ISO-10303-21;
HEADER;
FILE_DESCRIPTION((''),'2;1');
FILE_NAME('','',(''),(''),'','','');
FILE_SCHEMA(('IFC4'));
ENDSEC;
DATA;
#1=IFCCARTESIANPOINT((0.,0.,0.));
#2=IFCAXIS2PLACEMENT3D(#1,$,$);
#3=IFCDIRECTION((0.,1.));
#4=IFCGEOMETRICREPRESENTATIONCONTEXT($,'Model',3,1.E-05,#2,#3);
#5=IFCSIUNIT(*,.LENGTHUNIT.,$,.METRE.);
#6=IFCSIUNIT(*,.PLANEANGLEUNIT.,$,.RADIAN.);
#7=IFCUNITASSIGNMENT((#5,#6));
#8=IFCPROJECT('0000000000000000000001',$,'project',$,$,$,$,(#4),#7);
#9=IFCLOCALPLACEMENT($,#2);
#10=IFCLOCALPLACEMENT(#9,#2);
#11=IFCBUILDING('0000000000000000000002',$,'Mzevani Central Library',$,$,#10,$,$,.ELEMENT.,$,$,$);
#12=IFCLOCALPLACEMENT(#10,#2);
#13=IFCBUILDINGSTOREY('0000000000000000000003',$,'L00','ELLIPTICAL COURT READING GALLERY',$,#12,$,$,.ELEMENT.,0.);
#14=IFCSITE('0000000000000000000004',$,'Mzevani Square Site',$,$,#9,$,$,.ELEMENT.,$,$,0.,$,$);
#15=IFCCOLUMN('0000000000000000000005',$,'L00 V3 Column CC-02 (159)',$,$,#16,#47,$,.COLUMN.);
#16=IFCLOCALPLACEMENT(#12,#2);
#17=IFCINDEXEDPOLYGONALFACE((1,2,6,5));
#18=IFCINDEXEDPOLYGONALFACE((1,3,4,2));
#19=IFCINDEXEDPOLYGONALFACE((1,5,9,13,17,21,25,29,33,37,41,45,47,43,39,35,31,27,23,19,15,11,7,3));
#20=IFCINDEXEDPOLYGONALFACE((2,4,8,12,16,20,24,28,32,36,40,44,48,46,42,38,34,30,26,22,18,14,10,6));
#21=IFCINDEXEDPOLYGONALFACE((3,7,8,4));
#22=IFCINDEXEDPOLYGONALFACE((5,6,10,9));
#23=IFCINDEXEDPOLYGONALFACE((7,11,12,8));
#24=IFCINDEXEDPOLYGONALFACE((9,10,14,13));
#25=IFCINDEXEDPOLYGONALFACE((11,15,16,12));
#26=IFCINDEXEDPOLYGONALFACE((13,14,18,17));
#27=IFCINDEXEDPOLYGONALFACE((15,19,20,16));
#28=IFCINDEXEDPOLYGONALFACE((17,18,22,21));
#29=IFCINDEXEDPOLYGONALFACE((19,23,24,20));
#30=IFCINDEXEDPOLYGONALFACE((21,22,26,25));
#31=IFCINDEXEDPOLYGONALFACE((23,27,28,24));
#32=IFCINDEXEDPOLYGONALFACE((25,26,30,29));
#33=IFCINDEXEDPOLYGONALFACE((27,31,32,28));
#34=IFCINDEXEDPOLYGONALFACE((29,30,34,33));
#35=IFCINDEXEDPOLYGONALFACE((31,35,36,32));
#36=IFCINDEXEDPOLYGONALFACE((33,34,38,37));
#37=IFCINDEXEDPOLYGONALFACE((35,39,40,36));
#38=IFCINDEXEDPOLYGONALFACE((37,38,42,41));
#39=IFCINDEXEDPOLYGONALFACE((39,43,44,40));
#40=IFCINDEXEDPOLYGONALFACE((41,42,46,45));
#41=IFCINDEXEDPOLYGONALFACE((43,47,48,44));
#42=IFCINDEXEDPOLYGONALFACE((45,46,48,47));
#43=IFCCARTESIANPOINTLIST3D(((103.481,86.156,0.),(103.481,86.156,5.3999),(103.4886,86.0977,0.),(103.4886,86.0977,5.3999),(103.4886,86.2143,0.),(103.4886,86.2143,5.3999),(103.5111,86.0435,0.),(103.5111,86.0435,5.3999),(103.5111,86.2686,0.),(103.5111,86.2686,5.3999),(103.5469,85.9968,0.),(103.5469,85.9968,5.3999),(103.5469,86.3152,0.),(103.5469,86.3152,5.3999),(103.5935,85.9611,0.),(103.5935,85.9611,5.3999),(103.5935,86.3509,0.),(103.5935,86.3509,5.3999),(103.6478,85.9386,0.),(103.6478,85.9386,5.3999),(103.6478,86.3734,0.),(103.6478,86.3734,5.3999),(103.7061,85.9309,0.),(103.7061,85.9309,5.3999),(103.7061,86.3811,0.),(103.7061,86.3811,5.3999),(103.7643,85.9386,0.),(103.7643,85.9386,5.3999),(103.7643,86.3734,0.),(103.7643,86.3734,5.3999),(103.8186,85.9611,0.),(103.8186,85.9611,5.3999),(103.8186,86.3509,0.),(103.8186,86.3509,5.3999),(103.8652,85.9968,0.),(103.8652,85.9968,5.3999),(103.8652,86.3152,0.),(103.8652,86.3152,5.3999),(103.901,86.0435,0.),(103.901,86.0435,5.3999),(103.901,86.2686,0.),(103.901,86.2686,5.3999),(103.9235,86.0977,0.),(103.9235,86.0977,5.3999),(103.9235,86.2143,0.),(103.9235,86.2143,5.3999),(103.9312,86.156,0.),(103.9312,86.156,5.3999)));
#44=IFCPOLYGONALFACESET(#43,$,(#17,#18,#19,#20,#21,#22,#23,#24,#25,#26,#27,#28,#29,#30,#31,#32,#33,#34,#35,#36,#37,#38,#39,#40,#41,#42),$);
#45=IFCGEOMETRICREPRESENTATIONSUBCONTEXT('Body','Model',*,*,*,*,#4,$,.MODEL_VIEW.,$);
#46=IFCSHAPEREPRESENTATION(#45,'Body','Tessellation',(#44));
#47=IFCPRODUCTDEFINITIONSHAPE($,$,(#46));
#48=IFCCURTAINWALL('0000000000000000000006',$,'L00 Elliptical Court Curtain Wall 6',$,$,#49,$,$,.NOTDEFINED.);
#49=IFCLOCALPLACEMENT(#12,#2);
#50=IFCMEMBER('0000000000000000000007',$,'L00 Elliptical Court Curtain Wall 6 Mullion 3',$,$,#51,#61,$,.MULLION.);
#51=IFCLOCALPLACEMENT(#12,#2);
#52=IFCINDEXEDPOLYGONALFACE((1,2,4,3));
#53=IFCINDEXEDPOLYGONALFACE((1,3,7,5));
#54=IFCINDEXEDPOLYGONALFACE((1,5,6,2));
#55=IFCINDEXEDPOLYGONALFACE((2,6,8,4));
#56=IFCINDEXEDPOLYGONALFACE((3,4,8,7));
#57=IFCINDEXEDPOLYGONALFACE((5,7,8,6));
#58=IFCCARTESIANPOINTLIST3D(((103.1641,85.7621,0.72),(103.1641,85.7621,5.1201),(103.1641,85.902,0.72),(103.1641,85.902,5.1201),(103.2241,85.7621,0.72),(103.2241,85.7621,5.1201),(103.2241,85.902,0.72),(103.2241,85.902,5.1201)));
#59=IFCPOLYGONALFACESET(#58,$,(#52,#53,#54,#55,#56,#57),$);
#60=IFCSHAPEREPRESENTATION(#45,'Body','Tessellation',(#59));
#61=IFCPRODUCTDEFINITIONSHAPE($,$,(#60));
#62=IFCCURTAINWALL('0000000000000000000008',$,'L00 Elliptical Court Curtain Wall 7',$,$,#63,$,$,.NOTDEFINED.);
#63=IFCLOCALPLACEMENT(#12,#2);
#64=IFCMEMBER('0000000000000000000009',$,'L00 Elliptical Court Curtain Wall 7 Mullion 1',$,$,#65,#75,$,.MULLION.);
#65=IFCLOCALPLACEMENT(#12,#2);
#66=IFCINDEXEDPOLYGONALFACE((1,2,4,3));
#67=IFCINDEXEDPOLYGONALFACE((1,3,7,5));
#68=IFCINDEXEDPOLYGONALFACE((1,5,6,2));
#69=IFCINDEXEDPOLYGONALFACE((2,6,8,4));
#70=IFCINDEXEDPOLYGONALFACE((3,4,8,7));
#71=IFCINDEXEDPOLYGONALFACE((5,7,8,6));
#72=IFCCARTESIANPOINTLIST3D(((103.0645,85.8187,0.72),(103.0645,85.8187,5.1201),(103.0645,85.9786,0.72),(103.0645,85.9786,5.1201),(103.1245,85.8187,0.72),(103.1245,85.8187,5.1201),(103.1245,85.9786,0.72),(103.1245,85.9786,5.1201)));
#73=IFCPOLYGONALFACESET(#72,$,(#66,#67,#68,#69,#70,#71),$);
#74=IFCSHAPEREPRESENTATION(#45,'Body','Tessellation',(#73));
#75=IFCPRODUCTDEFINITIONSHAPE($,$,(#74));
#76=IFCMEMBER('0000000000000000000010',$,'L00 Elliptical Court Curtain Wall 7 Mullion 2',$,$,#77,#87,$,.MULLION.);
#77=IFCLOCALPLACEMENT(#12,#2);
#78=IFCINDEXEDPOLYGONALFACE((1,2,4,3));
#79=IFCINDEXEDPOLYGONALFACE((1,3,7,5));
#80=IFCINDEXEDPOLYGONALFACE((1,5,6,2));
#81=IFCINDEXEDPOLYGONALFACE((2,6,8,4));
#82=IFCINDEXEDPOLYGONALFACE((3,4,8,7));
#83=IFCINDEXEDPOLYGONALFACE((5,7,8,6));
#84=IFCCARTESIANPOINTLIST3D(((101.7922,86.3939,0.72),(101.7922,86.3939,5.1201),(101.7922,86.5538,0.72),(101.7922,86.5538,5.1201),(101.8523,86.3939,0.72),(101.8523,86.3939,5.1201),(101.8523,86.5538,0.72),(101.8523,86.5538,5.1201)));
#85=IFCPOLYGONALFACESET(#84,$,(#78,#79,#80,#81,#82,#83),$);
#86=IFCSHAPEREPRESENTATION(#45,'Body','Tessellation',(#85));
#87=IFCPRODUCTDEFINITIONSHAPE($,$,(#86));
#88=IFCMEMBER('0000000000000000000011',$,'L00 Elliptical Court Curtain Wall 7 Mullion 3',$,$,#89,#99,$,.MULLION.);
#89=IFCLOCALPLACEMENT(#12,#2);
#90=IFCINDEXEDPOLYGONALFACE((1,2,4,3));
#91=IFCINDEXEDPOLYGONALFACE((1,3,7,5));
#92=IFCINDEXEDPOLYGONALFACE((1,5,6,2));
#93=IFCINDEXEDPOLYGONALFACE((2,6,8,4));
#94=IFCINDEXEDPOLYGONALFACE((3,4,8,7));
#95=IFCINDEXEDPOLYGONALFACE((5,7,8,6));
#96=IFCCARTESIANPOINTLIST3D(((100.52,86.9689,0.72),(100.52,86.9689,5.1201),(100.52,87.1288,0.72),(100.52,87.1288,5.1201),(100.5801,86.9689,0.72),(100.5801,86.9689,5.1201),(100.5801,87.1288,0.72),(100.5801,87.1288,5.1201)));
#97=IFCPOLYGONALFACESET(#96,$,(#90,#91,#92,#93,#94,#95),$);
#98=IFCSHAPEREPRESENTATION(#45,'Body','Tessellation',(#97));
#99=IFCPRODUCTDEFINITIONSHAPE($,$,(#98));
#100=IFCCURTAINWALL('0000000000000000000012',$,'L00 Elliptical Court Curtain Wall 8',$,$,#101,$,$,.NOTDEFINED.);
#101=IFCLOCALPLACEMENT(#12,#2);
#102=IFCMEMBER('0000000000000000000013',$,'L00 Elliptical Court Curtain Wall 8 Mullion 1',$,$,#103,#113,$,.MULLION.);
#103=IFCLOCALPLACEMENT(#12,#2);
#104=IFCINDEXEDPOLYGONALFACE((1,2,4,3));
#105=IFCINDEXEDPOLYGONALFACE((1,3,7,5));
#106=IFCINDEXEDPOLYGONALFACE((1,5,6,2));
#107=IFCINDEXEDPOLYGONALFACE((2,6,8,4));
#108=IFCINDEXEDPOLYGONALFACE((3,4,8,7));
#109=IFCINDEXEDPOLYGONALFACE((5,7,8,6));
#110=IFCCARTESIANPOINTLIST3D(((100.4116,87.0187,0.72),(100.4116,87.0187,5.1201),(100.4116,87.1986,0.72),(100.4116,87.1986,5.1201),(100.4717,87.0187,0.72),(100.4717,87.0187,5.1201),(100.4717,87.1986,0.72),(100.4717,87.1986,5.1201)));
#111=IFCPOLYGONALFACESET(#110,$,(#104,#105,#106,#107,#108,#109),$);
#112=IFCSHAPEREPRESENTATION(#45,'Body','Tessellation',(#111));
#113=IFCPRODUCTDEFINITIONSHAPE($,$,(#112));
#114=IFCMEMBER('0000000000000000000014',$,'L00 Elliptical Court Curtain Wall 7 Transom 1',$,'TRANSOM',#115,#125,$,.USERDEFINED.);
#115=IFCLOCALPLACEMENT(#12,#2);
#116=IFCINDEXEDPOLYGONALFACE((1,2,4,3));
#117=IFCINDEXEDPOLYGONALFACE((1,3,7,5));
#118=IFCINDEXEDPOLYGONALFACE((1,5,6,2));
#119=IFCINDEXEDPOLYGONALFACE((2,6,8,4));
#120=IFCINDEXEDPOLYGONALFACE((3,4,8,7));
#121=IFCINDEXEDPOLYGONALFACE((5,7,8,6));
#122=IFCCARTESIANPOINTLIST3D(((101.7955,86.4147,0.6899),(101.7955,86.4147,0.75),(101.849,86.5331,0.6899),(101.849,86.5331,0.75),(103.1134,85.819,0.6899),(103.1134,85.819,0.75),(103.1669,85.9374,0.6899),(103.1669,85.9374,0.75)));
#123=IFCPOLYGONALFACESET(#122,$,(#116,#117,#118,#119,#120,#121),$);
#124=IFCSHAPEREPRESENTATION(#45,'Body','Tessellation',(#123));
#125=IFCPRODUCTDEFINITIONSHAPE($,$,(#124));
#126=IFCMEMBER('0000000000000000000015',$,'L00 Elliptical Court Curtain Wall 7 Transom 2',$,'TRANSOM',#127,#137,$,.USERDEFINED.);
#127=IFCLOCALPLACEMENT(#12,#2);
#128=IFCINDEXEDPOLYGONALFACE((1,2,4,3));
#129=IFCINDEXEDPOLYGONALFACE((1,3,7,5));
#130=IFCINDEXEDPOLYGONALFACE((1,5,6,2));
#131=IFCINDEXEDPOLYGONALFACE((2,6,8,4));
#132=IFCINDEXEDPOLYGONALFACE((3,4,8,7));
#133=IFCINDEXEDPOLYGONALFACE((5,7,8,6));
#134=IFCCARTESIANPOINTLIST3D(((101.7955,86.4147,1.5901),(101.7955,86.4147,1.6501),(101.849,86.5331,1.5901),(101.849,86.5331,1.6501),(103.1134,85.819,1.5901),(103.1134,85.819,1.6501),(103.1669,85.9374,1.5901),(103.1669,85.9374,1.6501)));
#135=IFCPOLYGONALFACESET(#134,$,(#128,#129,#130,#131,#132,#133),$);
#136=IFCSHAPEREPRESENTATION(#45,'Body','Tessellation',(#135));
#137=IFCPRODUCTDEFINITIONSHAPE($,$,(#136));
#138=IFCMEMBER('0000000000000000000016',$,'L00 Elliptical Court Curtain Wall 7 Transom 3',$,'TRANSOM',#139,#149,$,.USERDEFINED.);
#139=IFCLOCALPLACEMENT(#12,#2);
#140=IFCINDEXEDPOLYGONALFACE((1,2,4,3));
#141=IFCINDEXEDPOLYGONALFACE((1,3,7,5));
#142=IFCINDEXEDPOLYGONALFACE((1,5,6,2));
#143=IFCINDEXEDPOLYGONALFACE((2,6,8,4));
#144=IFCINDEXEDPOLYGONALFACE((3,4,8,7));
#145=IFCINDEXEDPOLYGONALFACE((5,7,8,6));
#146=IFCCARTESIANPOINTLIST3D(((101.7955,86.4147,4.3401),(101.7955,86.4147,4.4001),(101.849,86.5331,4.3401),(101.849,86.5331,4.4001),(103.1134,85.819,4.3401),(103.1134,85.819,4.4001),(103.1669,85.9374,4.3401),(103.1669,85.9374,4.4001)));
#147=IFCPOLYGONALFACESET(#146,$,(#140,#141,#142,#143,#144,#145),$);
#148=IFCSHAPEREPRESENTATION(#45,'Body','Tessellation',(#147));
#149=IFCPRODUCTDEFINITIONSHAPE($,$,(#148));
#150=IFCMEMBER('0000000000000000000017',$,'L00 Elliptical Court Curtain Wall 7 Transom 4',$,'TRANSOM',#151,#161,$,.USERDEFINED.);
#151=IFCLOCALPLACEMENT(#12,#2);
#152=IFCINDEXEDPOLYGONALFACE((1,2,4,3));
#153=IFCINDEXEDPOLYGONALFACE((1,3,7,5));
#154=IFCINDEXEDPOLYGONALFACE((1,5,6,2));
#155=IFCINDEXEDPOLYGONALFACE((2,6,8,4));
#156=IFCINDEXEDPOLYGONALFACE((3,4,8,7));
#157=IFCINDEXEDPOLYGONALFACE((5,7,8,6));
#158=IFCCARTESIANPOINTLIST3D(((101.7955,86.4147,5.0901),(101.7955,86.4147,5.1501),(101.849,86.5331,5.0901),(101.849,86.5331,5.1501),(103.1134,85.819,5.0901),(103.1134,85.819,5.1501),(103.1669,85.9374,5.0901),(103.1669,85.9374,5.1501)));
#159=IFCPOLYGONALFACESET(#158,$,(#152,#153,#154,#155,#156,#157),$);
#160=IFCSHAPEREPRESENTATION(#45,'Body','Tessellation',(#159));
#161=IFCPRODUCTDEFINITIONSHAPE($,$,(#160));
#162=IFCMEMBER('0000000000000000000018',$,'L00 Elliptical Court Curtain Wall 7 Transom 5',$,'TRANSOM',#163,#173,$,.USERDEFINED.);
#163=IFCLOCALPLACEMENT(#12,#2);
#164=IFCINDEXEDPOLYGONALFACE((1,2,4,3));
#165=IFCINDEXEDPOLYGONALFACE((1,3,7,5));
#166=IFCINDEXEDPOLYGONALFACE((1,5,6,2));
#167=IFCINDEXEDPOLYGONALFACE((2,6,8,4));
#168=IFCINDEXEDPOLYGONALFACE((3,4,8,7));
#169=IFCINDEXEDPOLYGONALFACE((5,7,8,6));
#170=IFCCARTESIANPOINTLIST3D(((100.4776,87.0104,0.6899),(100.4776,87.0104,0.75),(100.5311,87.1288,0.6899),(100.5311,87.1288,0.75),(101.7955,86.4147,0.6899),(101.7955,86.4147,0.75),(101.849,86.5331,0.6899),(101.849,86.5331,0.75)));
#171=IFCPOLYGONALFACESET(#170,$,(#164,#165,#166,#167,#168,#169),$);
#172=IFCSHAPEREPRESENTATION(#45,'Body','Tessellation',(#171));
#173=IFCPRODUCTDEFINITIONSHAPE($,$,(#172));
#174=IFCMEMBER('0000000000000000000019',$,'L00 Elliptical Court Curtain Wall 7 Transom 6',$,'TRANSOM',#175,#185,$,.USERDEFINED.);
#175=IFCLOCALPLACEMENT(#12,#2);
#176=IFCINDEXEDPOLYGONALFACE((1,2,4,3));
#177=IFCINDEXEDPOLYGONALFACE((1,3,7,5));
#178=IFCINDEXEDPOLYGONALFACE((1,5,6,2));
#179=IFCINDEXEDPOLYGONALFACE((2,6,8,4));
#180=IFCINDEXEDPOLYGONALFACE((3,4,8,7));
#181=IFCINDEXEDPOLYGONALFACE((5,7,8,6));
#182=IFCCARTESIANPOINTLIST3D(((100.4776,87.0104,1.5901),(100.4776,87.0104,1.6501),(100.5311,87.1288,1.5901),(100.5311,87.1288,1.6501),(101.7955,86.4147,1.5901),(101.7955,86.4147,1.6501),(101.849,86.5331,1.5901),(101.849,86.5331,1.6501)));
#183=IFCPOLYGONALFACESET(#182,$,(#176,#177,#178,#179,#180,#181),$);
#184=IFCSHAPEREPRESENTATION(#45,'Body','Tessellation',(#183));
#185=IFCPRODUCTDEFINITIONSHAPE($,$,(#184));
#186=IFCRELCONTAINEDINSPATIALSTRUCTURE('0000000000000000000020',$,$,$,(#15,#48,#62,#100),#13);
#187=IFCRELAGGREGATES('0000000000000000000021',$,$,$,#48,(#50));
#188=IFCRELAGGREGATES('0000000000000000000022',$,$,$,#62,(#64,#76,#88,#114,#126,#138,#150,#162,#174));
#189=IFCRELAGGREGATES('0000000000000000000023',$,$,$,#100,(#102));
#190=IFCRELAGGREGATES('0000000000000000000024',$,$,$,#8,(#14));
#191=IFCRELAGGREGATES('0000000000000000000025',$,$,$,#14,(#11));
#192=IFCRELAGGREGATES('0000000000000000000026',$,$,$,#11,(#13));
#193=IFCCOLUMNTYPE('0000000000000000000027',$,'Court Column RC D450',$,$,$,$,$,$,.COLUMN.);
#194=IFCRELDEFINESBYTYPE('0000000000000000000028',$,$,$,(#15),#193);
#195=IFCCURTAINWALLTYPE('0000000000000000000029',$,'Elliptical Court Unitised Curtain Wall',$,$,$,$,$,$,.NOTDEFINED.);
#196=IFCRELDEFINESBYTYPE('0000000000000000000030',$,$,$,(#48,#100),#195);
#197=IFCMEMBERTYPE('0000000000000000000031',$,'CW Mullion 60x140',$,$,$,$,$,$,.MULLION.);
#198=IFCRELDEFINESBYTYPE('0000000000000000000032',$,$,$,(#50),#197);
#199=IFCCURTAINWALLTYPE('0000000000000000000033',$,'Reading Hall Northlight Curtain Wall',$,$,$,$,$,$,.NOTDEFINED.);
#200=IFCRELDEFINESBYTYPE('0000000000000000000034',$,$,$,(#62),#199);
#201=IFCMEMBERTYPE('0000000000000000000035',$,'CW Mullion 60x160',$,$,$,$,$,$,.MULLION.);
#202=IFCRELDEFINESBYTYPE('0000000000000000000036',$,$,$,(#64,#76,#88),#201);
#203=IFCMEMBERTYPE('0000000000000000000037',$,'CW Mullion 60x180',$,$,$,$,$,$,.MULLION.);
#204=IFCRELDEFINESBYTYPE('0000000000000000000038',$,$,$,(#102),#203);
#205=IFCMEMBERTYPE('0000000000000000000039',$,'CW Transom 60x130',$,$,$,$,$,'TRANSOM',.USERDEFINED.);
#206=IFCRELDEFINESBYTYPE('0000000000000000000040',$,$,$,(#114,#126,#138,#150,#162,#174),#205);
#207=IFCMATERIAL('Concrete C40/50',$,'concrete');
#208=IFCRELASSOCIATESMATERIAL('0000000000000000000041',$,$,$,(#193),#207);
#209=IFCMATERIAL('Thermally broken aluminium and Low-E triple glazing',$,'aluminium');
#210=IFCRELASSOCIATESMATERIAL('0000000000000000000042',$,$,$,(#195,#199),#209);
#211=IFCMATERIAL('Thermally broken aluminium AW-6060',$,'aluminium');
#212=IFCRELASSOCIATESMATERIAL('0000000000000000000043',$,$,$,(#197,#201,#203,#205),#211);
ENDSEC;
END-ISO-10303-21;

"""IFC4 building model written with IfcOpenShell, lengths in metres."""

from ifc_helpers import new_model, si_unit, direction, frame, origin, origin_2d, place, context, subcontext, project, spatial, rectangle, circle, extrude, material, material_profile, profile_set, type_object, element, aggregate, save


model = new_model("IFC4")

# Units and contexts
model_context = context("Model", 3, precision=1e-05, world=origin(), true_north=direction((0.0, 1.0)))
body_context = subcontext(model_context, "Body", "Model", "MODEL_VIEW")
ifc_project = project(units=[si_unit("LENGTHUNIT", "METRE"), si_unit("PLANEANGLEUNIT", "RADIAN")], contexts=[model_context])

# Site, building, storey
site_placement = place(None, origin())
site = spatial("IfcSite", under=ifc_project, at=site_placement, Name="Mzevani Square Site", CompositionType="ELEMENT", RefElevation=0.0)
building_placement = place(site_placement, origin())
building = spatial("IfcBuilding", under=site, at=building_placement, Name="Mzevani Central Library", CompositionType="ELEMENT")
storey_placement = place(building_placement, origin())
storey = spatial("IfcBuildingStorey", under=building, at=storey_placement, Name="L00", Description="ELLIPTICAL COURT READING GALLERY", CompositionType="ELEMENT", Elevation=0.0)

# Column
ifc_material_1 = material(Name="Concrete C40/50", Category="concrete")
ifc_material_profile_1 = material_profile(ifc_material_1, circle(Radius=0.2251, at=origin_2d()), Name="RC D450")
ifc_profile_set_1 = profile_set([ifc_material_profile_1], Name="Concrete C40/50")
column_type = type_object("IfcColumnType", Name="Court Column RC D450", PredefinedType="COLUMN", material=ifc_profile_set_1)
column_placement = place(storey_placement, frame((103.7061, 86.156, 0.0), z_axis=(0.0, 0.0, 1.0), x_axis=(1.0, 0.0, 0.0)))
element("IfcColumn", 1, at=column_placement, inside=storey, type_object=column_type, Name="L00 V3 Column CC-02 (159)", PredefinedType="COLUMN", context=body_context, shape_type="SweptSolid", body=[
    extrude(circle(Radius=0.2251, at=origin_2d()), origin(), (0.0, 0.0, 1.0), 5.3999),
])

# Curtain wall, member
ifc_material_2 = material(Name="Thermally broken aluminium and Low-E triple glazing", Category="aluminium")
curtain_wall_type_1 = type_object("IfcCurtainWallType", Name="Elliptical Court Unitised Curtain Wall", PredefinedType="NOTDEFINED", material=ifc_material_2)
curtain_wall_1_placement = place(storey_placement, origin())
curtain_wall_1 = element("IfcCurtainWall", 2, at=curtain_wall_1_placement, inside=storey, type_object=curtain_wall_type_1, Name="L00 Elliptical Court Curtain Wall 6", PredefinedType="NOTDEFINED")
ifc_material_3 = material(Name="Thermally broken aluminium AW-6060", Category="aluminium")
ifc_material_profile_2 = material_profile(ifc_material_3, rectangle(XDim=0.0601, YDim=0.1399, at=origin_2d()), Name="ALU M60x140")
ifc_profile_set_2 = profile_set([ifc_material_profile_2], Name="Thermally broken aluminium AW-6060")
member_type_1 = type_object("IfcMemberType", Name="CW Mullion 60x140", PredefinedType="MULLION", material=ifc_profile_set_2)
member_1_placement = place(storey_placement, frame((103.1941, 85.832, 0.72), z_axis=(0.0, 0.0, 1.0), x_axis=(1.0, 0.0, 0.0)))
member_1 = element("IfcMember", 3, at=member_1_placement, type_object=member_type_1, Name="L00 Elliptical Court Curtain Wall 6 Mullion 3", PredefinedType="MULLION", context=body_context, shape_type="SweptSolid", body=[
    extrude(rectangle(XDim=0.0601, YDim=0.1399, at=origin_2d()), origin(), (0.0, 0.0, 1.0), 4.4001),
])

# Curtain wall, members
curtain_wall_type_2 = type_object("IfcCurtainWallType", Name="Reading Hall Northlight Curtain Wall", PredefinedType="NOTDEFINED", material=ifc_material_2)
curtain_wall_2_placement = place(storey_placement, origin())
curtain_wall_2 = element("IfcCurtainWall", 4, at=curtain_wall_2_placement, inside=storey, type_object=curtain_wall_type_2, Name="L00 Elliptical Court Curtain Wall 7", PredefinedType="NOTDEFINED")
ifc_material_profile_3 = material_profile(ifc_material_3, rectangle(XDim=0.0601, YDim=0.1599, at=origin_2d()), Name="ALU M60x160")
ifc_profile_set_3 = profile_set([ifc_material_profile_3], Name="Thermally broken aluminium AW-6060")
member_type_2 = type_object("IfcMemberType", Name="CW Mullion 60x160", PredefinedType="MULLION", material=ifc_profile_set_3)
member_2_placement = place(storey_placement, frame((103.0945, 85.8987, 0.72), z_axis=(0.0, 0.0, 1.0), x_axis=(1.0, 0.0, 0.0)))
member_2 = element("IfcMember", 5, at=member_2_placement, type_object=member_type_2, Name="L00 Elliptical Court Curtain Wall 7 Mullion 1", PredefinedType="MULLION", context=body_context, shape_type="SweptSolid", body=[
    extrude(rectangle(XDim=0.0601, YDim=0.1599, at=origin_2d()), origin(), (0.0, 0.0, 1.0), 4.4001),
])
member_3_placement = place(storey_placement, frame((101.8223, 86.4739, 0.72), z_axis=(0.0, 0.0, 1.0), x_axis=(1.0, 0.0, 0.0)))
member_3 = element("IfcMember", 6, at=member_3_placement, type_object=member_type_2, Name="L00 Elliptical Court Curtain Wall 7 Mullion 2", PredefinedType="MULLION", context=body_context, shape_type="SweptSolid", body=[
    extrude(rectangle(XDim=0.0601, YDim=0.1599, at=origin_2d()), origin(), (0.0, 0.0, 1.0), 4.4001),
])
member_4_placement = place(storey_placement, frame((100.55, 87.0488, 0.72), z_axis=(0.0, 0.0, 1.0), x_axis=(1.0, 0.0, 0.0)))
member_4 = element("IfcMember", 7, at=member_4_placement, type_object=member_type_2, Name="L00 Elliptical Court Curtain Wall 7 Mullion 3", PredefinedType="MULLION", context=body_context, shape_type="SweptSolid", body=[
    extrude(rectangle(XDim=0.0601, YDim=0.1599, at=origin_2d()), origin(), (0.0, 0.0, 1.0), 4.4001),
])

# Curtain wall, member
curtain_wall_3_placement = place(storey_placement, origin())
curtain_wall_3 = element("IfcCurtainWall", 8, at=curtain_wall_3_placement, inside=storey, type_object=curtain_wall_type_1, Name="L00 Elliptical Court Curtain Wall 8", PredefinedType="NOTDEFINED")
ifc_material_profile_4 = material_profile(ifc_material_3, rectangle(XDim=0.0601, YDim=0.1799, at=origin_2d()), Name="ALU M60x180")
ifc_profile_set_4 = profile_set([ifc_material_profile_4], Name="Thermally broken aluminium AW-6060")
member_type_3 = type_object("IfcMemberType", Name="CW Mullion 60x180", PredefinedType="MULLION", material=ifc_profile_set_4)
member_5_placement = place(storey_placement, frame((100.4417, 87.1086, 0.72), z_axis=(0.0, 0.0, 1.0), x_axis=(1.0, 0.0, 0.0)))
member_5 = element("IfcMember", 9, at=member_5_placement, type_object=member_type_3, Name="L00 Elliptical Court Curtain Wall 8 Mullion 1", PredefinedType="MULLION", context=body_context, shape_type="SweptSolid", body=[
    extrude(rectangle(XDim=0.0601, YDim=0.1799, at=origin_2d()), origin(), (0.0, 0.0, 1.0), 4.4001),
])

# Members
ifc_material_profile_5 = material_profile(ifc_material_3, rectangle(XDim=0.1299, YDim=0.0601, at=origin_2d()), Name="ALU T60x130")
ifc_profile_set_5 = profile_set([ifc_material_profile_5], Name="Thermally broken aluminium AW-6060")
member_type_4 = type_object("IfcMemberType", Name="CW Transom 60x130", ElementType="TRANSOM", PredefinedType="USERDEFINED", material=ifc_profile_set_5)
member_6_placement = place(storey_placement, frame((103.1401, 85.8782, 0.72), z_axis=(-0.911232, 0.411894, 0.0), x_axis=(-0.411894, -0.911232, 0.0)))
member_6 = element("IfcMember", 10, at=member_6_placement, type_object=member_type_4, Name="L00 Elliptical Court Curtain Wall 7 Transom 1", ObjectType="TRANSOM", PredefinedType="USERDEFINED", context=body_context, shape_type="SweptSolid", body=[
    extrude(rectangle(XDim=0.1299, YDim=0.0601, at=origin_2d()), origin(), (0.0, 0.0, 1.0), 1.4463),
])
member_7_placement = place(storey_placement, frame((103.1401, 85.8782, 1.6201), z_axis=(-0.911232, 0.411894, 0.0), x_axis=(-0.411894, -0.911232, 0.0)))
member_7 = element("IfcMember", 11, at=member_7_placement, type_object=member_type_4, Name="L00 Elliptical Court Curtain Wall 7 Transom 2", ObjectType="TRANSOM", PredefinedType="USERDEFINED", context=body_context, shape_type="SweptSolid", body=[
    extrude(rectangle(XDim=0.1299, YDim=0.0601, at=origin_2d()), origin(), (0.0, 0.0, 1.0), 1.4463),
])
member_8_placement = place(storey_placement, frame((103.1401, 85.8782, 4.3701), z_axis=(-0.911232, 0.411894, 0.0), x_axis=(-0.411894, -0.911232, 0.0)))
member_8 = element("IfcMember", 12, at=member_8_placement, type_object=member_type_4, Name="L00 Elliptical Court Curtain Wall 7 Transom 3", ObjectType="TRANSOM", PredefinedType="USERDEFINED", context=body_context, shape_type="SweptSolid", body=[
    extrude(rectangle(XDim=0.1299, YDim=0.0601, at=origin_2d()), origin(), (0.0, 0.0, 1.0), 1.4463),
])
member_9_placement = place(storey_placement, frame((103.1401, 85.8782, 5.1201), z_axis=(-0.911232, 0.411894, 0.0), x_axis=(-0.411894, -0.911232, 0.0)))
member_9 = element("IfcMember", 13, at=member_9_placement, type_object=member_type_4, Name="L00 Elliptical Court Curtain Wall 7 Transom 4", ObjectType="TRANSOM", PredefinedType="USERDEFINED", context=body_context, shape_type="SweptSolid", body=[
    extrude(rectangle(XDim=0.1299, YDim=0.0601, at=origin_2d()), origin(), (0.0, 0.0, 1.0), 1.4463),
])
member_10_placement = place(storey_placement, frame((101.8223, 86.4739, 0.72), z_axis=(-0.911232, 0.411894, 0.0), x_axis=(-0.411894, -0.911232, 0.0)))
member_10 = element("IfcMember", 14, at=member_10_placement, type_object=member_type_4, Name="L00 Elliptical Court Curtain Wall 7 Transom 5", ObjectType="TRANSOM", PredefinedType="USERDEFINED", context=body_context, shape_type="SweptSolid", body=[
    extrude(rectangle(XDim=0.1299, YDim=0.0601, at=origin_2d()), origin(), (0.0, 0.0, 1.0), 1.4463),
])
member_11_placement = place(storey_placement, frame((101.8223, 86.4739, 1.6201), z_axis=(-0.911232, 0.411894, 0.0), x_axis=(-0.411894, -0.911232, 0.0)))
member_11 = element("IfcMember", 15, at=member_11_placement, type_object=member_type_4, Name="L00 Elliptical Court Curtain Wall 7 Transom 6", ObjectType="TRANSOM", PredefinedType="USERDEFINED", context=body_context, shape_type="SweptSolid", body=[
    extrude(rectangle(XDim=0.1299, YDim=0.0601, at=origin_2d()), origin(), (0.0, 0.0, 1.0), 1.4463),
])

aggregate(curtain_wall_1, [member_1])
aggregate(curtain_wall_2, [member_2, member_3, member_4, member_6, member_7, member_8, member_9, member_10, member_11])
aggregate(curtain_wall_3, [member_5])

save(model, "model.ifc")
